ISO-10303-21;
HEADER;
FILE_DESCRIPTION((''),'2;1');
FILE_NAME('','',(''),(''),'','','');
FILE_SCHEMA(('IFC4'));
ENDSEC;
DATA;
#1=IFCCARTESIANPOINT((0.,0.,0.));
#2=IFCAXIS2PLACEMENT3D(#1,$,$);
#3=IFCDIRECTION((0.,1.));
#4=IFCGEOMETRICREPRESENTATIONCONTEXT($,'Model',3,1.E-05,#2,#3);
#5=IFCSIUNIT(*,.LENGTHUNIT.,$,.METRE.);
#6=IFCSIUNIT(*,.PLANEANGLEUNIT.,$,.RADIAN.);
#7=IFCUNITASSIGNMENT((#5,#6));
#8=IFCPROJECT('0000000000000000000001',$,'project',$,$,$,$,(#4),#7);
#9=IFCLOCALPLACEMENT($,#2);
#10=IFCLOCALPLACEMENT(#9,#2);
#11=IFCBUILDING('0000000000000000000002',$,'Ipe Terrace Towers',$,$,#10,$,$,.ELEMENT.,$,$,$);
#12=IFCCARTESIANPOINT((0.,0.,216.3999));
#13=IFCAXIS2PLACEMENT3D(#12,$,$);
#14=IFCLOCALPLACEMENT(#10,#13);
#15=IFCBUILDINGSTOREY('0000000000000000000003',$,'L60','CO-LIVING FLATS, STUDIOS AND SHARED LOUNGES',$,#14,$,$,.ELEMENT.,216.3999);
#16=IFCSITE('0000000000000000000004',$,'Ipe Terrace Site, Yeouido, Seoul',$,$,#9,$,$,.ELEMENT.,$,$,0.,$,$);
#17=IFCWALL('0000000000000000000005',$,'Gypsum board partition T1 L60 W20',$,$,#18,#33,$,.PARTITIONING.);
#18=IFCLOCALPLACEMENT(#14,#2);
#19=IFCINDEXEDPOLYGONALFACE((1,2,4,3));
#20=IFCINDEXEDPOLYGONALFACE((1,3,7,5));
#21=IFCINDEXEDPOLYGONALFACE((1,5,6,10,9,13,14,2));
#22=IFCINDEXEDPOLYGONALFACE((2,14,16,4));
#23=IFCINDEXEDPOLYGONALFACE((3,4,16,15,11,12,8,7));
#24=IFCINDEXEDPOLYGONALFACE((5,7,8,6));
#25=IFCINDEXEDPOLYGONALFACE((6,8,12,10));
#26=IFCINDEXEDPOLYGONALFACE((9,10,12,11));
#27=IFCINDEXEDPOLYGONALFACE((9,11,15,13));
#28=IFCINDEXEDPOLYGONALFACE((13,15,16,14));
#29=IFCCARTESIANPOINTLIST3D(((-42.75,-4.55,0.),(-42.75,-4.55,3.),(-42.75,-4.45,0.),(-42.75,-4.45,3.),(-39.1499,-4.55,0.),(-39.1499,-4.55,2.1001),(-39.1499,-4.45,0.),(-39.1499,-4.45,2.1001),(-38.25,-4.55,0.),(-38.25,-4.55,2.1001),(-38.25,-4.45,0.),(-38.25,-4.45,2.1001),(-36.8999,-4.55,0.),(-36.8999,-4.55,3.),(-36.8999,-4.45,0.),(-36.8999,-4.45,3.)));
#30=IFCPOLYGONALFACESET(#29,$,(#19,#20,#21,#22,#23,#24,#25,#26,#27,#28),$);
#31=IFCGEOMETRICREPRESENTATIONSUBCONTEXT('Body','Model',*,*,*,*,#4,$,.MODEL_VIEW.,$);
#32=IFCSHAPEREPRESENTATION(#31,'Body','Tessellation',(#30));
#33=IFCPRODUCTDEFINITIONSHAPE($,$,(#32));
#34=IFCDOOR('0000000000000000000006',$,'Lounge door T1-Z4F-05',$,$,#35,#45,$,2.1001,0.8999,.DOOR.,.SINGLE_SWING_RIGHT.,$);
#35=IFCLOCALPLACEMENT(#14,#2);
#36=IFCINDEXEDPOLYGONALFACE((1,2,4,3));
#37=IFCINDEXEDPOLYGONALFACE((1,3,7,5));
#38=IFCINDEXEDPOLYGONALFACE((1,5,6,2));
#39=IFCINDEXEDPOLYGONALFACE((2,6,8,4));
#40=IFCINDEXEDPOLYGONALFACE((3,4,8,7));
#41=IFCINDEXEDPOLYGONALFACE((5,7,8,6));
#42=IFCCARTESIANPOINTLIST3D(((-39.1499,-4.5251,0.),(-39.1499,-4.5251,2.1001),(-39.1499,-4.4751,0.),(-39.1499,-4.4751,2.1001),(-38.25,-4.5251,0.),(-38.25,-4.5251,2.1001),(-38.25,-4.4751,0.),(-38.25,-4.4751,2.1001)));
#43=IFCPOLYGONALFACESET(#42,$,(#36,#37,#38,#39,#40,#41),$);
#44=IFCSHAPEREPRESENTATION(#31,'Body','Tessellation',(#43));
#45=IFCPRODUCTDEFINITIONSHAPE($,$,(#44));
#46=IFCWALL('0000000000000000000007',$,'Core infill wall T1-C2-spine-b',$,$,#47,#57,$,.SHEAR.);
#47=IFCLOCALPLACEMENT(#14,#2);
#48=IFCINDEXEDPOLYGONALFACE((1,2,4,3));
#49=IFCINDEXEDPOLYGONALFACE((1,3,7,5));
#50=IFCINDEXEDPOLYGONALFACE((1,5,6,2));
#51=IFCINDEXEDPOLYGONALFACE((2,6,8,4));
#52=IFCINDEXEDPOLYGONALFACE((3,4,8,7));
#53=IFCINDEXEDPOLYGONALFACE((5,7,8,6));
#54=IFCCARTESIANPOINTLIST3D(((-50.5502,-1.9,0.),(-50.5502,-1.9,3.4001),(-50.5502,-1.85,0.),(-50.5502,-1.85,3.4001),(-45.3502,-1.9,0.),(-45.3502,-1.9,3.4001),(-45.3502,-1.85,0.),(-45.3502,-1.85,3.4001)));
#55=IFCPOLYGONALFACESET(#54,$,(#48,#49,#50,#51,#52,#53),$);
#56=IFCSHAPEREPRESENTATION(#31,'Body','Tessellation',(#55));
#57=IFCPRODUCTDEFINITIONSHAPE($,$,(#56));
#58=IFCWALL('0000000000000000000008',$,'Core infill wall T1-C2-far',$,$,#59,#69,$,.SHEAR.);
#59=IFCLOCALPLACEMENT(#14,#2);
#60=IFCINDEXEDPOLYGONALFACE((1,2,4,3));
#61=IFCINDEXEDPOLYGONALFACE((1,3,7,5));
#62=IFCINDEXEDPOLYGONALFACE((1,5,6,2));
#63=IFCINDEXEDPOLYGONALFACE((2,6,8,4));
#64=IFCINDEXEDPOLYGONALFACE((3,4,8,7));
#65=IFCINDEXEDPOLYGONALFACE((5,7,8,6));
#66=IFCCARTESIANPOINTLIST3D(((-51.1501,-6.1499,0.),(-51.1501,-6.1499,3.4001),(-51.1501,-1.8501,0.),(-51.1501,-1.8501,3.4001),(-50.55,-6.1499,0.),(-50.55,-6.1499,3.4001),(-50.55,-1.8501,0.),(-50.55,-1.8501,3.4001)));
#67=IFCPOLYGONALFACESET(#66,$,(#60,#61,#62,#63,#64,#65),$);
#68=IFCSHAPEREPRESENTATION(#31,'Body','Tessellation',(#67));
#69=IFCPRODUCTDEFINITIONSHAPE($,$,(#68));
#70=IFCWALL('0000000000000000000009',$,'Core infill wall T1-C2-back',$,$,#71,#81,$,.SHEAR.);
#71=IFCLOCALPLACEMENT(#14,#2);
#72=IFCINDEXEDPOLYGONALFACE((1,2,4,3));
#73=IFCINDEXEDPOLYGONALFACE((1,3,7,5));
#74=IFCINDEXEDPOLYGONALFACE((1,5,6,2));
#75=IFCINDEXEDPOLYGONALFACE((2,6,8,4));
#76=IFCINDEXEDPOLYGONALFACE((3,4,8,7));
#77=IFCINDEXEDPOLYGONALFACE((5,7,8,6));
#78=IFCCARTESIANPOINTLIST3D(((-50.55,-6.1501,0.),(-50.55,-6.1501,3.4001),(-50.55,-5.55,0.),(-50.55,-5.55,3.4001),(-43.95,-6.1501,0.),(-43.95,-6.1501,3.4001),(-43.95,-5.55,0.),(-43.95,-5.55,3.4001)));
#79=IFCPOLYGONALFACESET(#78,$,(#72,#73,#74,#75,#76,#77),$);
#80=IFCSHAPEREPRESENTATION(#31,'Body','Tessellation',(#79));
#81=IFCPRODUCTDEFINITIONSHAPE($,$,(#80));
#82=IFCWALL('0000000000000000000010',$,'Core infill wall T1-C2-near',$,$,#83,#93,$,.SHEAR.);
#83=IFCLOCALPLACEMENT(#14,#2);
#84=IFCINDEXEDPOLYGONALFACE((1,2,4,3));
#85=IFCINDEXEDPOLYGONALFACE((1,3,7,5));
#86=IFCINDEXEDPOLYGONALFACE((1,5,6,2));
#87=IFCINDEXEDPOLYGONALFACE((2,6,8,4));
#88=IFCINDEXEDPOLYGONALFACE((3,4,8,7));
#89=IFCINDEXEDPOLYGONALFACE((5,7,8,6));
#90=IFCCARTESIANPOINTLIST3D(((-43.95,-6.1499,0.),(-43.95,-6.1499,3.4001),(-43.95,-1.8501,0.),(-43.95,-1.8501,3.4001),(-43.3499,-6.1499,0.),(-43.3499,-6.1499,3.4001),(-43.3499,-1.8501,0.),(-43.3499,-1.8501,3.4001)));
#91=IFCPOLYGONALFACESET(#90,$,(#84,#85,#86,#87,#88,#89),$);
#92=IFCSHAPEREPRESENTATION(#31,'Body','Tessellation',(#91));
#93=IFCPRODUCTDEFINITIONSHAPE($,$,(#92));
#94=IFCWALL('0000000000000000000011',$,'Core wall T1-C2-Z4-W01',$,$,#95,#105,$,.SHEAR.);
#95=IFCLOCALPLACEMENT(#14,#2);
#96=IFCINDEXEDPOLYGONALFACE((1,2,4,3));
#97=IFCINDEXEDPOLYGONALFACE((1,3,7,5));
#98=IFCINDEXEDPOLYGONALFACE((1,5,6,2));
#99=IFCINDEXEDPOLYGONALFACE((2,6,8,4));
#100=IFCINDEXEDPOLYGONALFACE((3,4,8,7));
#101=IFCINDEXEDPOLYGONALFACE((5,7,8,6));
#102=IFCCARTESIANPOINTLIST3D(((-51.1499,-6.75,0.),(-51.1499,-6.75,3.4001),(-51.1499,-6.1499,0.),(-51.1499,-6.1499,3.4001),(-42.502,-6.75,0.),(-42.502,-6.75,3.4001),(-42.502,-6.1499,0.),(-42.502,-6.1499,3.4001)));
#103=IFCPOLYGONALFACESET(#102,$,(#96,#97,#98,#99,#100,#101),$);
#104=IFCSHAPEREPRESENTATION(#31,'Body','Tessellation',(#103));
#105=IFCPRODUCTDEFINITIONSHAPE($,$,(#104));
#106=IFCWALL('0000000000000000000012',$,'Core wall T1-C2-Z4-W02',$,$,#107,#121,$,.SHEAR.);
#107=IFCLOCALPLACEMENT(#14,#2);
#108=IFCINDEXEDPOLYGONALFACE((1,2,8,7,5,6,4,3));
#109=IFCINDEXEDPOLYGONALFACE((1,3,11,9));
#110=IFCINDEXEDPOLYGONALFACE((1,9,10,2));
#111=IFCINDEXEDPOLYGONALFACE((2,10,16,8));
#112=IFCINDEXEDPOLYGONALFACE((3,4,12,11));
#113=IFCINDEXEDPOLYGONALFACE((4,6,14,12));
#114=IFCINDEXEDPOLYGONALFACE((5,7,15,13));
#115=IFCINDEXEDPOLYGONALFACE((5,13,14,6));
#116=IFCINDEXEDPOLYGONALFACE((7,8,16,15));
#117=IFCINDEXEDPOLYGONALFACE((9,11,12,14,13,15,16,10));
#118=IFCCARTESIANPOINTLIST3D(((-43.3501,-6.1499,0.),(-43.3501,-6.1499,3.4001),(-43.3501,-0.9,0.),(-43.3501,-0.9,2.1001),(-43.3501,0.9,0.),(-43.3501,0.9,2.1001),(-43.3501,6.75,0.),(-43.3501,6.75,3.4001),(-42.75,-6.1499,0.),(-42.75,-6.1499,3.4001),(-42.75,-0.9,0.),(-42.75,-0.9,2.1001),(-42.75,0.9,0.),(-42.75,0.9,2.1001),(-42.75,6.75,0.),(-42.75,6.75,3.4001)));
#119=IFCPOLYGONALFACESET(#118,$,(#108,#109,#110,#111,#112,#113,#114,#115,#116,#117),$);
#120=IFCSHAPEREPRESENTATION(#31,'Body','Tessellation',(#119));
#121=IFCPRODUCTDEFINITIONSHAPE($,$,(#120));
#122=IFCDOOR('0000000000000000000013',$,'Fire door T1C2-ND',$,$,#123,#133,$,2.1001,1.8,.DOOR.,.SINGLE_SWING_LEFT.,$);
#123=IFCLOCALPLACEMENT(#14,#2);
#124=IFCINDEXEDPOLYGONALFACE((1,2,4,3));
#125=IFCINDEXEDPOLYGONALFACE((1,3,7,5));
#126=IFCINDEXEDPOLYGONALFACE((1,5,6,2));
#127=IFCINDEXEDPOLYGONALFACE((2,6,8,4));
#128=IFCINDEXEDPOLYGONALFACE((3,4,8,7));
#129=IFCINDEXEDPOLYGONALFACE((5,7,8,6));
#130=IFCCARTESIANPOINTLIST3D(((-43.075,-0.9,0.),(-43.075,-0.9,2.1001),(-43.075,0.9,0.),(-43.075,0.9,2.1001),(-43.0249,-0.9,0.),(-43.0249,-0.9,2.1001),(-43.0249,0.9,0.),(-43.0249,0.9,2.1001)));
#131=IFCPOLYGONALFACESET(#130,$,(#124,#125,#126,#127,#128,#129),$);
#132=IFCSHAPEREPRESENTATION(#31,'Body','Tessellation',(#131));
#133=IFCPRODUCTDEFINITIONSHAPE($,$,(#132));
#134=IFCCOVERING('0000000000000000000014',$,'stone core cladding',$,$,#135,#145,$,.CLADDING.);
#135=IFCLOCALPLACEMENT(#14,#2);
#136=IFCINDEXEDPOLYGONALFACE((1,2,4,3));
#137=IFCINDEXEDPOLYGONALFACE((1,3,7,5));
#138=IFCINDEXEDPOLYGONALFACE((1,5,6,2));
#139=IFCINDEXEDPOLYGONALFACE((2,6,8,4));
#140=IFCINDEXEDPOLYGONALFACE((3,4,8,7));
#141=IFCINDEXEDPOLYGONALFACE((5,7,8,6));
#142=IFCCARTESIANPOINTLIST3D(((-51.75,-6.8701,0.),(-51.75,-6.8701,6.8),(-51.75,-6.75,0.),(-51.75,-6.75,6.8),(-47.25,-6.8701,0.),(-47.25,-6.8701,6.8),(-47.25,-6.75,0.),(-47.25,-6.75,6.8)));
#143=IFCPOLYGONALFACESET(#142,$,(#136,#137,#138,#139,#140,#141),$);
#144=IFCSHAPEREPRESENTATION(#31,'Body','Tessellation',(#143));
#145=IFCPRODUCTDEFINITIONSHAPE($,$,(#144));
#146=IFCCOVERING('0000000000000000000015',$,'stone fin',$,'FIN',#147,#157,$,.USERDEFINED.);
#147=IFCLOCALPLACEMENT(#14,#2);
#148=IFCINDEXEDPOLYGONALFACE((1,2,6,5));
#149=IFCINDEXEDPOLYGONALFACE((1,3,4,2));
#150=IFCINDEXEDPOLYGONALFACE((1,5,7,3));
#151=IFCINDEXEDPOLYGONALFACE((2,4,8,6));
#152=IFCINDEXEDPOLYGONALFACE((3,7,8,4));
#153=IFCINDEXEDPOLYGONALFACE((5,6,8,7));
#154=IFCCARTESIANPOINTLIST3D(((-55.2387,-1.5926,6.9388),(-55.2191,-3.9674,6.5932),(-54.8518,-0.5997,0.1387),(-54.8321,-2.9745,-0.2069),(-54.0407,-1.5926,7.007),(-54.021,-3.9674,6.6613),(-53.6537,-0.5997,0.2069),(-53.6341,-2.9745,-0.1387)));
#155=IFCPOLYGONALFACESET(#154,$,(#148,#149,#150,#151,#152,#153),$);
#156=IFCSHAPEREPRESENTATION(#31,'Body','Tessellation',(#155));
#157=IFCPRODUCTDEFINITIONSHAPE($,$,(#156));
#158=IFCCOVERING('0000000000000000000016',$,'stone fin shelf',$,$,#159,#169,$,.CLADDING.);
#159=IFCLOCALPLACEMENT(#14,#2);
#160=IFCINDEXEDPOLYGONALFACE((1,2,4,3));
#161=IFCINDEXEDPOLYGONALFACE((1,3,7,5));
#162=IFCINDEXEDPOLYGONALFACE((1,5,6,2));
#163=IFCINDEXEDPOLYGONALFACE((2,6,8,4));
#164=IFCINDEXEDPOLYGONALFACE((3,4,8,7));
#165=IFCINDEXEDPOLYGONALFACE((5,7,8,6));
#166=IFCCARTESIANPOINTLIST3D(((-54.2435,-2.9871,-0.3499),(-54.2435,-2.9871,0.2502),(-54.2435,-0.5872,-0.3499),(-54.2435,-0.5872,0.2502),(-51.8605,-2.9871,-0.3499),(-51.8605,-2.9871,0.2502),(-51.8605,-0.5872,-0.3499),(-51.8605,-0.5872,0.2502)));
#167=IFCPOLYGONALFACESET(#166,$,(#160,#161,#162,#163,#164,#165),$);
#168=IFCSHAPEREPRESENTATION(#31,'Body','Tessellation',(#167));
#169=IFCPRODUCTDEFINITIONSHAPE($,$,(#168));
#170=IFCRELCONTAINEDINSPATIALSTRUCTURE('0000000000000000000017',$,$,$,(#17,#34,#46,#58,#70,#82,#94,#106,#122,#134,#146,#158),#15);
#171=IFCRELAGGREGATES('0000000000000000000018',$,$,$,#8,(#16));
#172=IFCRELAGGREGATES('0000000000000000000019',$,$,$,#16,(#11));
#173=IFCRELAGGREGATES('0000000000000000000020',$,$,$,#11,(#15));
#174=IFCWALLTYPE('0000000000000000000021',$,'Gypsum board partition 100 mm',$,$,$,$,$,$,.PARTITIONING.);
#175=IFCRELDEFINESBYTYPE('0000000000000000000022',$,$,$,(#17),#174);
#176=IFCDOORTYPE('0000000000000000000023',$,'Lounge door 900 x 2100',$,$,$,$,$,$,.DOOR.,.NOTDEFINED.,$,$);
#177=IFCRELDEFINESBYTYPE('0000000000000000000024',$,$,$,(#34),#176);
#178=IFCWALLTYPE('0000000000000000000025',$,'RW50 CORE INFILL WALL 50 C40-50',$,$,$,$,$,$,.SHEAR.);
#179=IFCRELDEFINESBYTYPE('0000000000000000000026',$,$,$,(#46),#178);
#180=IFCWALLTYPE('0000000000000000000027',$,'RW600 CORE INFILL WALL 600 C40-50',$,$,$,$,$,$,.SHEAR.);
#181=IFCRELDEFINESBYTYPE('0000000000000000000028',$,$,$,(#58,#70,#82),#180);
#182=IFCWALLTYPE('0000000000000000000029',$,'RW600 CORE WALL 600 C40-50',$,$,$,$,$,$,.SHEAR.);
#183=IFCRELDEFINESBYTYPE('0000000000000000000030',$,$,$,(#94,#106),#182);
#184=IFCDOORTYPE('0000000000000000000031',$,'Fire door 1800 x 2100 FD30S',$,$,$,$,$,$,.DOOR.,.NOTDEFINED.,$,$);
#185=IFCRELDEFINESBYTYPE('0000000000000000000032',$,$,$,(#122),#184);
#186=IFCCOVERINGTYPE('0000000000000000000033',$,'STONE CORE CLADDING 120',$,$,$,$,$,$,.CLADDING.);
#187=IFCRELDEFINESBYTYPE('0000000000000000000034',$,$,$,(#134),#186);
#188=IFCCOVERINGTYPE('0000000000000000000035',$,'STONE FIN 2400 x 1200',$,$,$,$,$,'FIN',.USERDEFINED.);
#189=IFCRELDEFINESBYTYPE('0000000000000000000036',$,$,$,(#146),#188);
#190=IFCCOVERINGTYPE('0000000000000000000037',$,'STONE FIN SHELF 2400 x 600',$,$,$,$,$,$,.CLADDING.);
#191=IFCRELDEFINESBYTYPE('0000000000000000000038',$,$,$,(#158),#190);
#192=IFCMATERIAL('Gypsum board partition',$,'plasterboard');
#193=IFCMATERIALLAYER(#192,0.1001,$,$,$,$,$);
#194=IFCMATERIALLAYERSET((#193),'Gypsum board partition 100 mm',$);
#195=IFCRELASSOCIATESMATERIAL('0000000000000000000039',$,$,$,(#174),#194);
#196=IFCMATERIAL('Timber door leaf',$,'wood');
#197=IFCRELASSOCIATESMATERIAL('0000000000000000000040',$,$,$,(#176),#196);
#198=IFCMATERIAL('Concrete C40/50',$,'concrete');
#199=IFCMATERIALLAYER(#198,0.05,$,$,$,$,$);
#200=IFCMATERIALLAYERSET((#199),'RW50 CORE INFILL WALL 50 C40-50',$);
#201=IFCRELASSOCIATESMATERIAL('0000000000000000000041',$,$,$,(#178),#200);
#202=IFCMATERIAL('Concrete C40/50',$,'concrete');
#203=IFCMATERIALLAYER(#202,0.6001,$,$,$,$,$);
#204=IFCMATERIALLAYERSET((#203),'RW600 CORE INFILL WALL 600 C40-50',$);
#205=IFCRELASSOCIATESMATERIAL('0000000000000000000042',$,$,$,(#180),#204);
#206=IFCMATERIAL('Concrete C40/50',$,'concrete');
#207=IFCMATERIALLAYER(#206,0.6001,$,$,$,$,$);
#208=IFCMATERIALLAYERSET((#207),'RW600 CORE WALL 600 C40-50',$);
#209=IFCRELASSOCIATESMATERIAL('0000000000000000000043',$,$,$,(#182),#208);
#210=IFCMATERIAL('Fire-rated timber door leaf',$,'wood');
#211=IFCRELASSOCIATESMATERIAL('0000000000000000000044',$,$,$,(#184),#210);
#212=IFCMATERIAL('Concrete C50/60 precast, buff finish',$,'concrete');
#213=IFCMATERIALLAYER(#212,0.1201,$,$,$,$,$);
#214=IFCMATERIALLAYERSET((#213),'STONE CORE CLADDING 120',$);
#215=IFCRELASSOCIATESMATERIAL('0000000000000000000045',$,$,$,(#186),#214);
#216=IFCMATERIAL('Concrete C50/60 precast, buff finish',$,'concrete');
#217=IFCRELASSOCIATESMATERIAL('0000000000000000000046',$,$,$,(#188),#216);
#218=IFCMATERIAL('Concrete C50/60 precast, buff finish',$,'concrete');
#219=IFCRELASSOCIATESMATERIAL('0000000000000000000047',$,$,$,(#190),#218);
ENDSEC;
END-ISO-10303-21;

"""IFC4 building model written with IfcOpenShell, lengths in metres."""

from ifc_helpers import new_model, si_unit, direction, frame, frame_2d, origin, origin_2d, place, context, subcontext, project, spatial, rectangle, extrude, material, layer, layer_set, material_profile, profile_set, type_object, element, fill, save


model = new_model("IFC4")

# Units and contexts
model_context = context("Model", 3, precision=1e-05, world=origin(), true_north=direction((0.0, 1.0)))
body_context = subcontext(model_context, "Body", "Model", "MODEL_VIEW")
ifc_project = project(units=[si_unit("LENGTHUNIT", "METRE"), si_unit("PLANEANGLEUNIT", "RADIAN")], contexts=[model_context])

# Site, building, storey
site_placement = place(None, origin())
site = spatial("IfcSite", under=ifc_project, at=site_placement, Name="Ipe Terrace Site, Yeouido, Seoul", CompositionType="ELEMENT", RefElevation=0.0)
building_placement = place(site_placement, origin())
building = spatial("IfcBuilding", under=site, at=building_placement, Name="Ipe Terrace Towers", CompositionType="ELEMENT")
storey_placement = place(building_placement, frame((0.0, 0.0, 216.3999)))
storey = spatial("IfcBuildingStorey", under=building, at=storey_placement, Name="L60", Description="CO-LIVING FLATS, STUDIOS AND SHARED LOUNGES", CompositionType="ELEMENT", Elevation=216.3999)

# Shared definitions
ifc_material_1 = material(Name="Gypsum board partition", Category="plasterboard")
ifc_layer_1 = layer(ifc_material_1, 0.1001)
ifc_layer_set_1 = layer_set([ifc_layer_1], Name="Gypsum board partition 100 mm")
wall_type_1 = type_object("IfcWallType", Name="Gypsum board partition 100 mm", PredefinedType="PARTITIONING", material=ifc_layer_set_1)

# Wall, opening, door
wall_1_placement = place(storey_placement, frame((-42.75, -4.5, 0.0), z_axis=(0.0, 0.0, 1.0), x_axis=(1.0, 0.0, 0.0)))
wall_1 = element("IfcWall", 1, at=wall_1_placement, inside=storey, type_object=wall_type_1, Name="Gypsum board partition T1 L60 W20", PredefinedType="PARTITIONING", context=body_context, shape_type="SweptSolid", body=[
    extrude(rectangle(XDim=5.8501, YDim=0.1001, at=frame_2d((2.925, 0.0))), origin(), (0.0, 0.0, 1.0), 3.0),
])
opening_1_placement = place(wall_1_placement, frame((3.6001, 0.0, 0.0)))
opening_1 = element("IfcOpeningElement", 2, at=opening_1_placement, cuts=wall_1, PredefinedType="OPENING", context=body_context, shape_type="SweptSolid", body=[
    extrude(rectangle(XDim=0.8999, YDim=2.1001, at=frame_2d((0.45, 1.05))), frame((0.0, 0.0601, 0.0), z_axis=(0.0, -1.0, 0.0), x_axis=(1.0, 0.0, 0.0)), (0.0, 0.0, 1.0), 0.1201),
])
ifc_material_2 = material(Name="Timber door leaf", Category="wood")
door_type_1 = type_object("IfcDoorType", Name="Lounge door 900 x 2100", OperationType="NOTDEFINED", PredefinedType="DOOR", material=ifc_material_2)
door_1_placement = place(opening_1_placement, origin())
door_1 = element("IfcDoor", 3, at=door_1_placement, inside=storey, type_object=door_type_1, Name="Lounge door T1-Z4F-05", OperationType="SINGLE_SWING_RIGHT", OverallHeight=2.1001, OverallWidth=0.8999, PredefinedType="DOOR", context=body_context, shape_type="SweptSolid", body=[
    extrude(rectangle(XDim=0.8999, YDim=2.1001, at=frame_2d((0.45, 1.05))), frame((0.0, 0.0249, 0.0), z_axis=(0.0, -1.0, 0.0), x_axis=(1.0, 0.0, 0.0)), (0.0, 0.0, 1.0), 0.05),
])
fill(opening_1, door_1)

# Walls
ifc_material_3 = material(Name="Concrete C40/50", Category="concrete")
ifc_layer_2 = layer(ifc_material_3, 0.05)
ifc_layer_set_2 = layer_set([ifc_layer_2], Name="RW50 CORE INFILL WALL 50 C40-50")
wall_type_2 = type_object("IfcWallType", Name="RW50 CORE INFILL WALL 50 C40-50", PredefinedType="SHEAR", material=ifc_layer_set_2)
wall_2_placement = place(storey_placement, frame((-45.3501, -1.875, 0.0), z_axis=(0.0, 0.0, 1.0), x_axis=(-1.0, 0.0, 0.0)))
element("IfcWall", 4, at=wall_2_placement, inside=storey, type_object=wall_type_2, Name="Core infill wall T1-C2-spine-b", PredefinedType="SHEAR", context=body_context, shape_type="SweptSolid", body=[
    extrude(rectangle(XDim=5.2, YDim=0.05, at=frame_2d((2.6001, 0.0))), origin(), (0.0, 0.0, 1.0), 3.4001),
])
ifc_material_4 = material(Name="Concrete C40/50", Category="concrete")
ifc_layer_3 = layer(ifc_material_4, 0.6001)
ifc_layer_set_3 = layer_set([ifc_layer_3], Name="RW600 CORE INFILL WALL 600 C40-50")
wall_type_3 = type_object("IfcWallType", Name="RW600 CORE INFILL WALL 600 C40-50", PredefinedType="SHEAR", material=ifc_layer_set_3)
wall_3_placement = place(storey_placement, frame((-50.8501, -1.8501, 0.0), z_axis=(0.0, 0.0, 1.0), x_axis=(0.0, -1.0, 0.0)))
element("IfcWall", 5, at=wall_3_placement, inside=storey, type_object=wall_type_3, Name="Core infill wall T1-C2-far", PredefinedType="SHEAR", context=body_context, shape_type="SweptSolid", body=[
    extrude(rectangle(XDim=4.2998, YDim=0.6001, at=frame_2d((2.1499, 0.0))), origin(), (0.0, 0.0, 1.0), 3.4001),
])
wall_4_placement = place(storey_placement, frame((-43.95, -5.8501, 0.0), z_axis=(0.0, 0.0, 1.0), x_axis=(-1.0, 0.0, 0.0)))
element("IfcWall", 6, at=wall_4_placement, inside=storey, type_object=wall_type_3, Name="Core infill wall T1-C2-back", PredefinedType="SHEAR", context=body_context, shape_type="SweptSolid", body=[
    extrude(rectangle(XDim=6.6001, YDim=0.6001, at=frame_2d((3.3, 0.0))), origin(), (0.0, 0.0, 1.0), 3.4001),
])
wall_5_placement = place(storey_placement, frame((-43.6499, -1.8501, 0.0), z_axis=(0.0, 0.0, 1.0), x_axis=(0.0, -1.0, 0.0)))
element("IfcWall", 7, at=wall_5_placement, inside=storey, type_object=wall_type_3, Name="Core infill wall T1-C2-near", PredefinedType="SHEAR", context=body_context, shape_type="SweptSolid", body=[
    extrude(rectangle(XDim=4.2998, YDim=0.6001, at=frame_2d((2.1499, 0.0))), origin(), (0.0, 0.0, 1.0), 3.4001),
])
ifc_material_5 = material(Name="Concrete C40/50", Category="concrete")
ifc_layer_4 = layer(ifc_material_5, 0.6001)
ifc_layer_set_4 = layer_set([ifc_layer_4], Name="RW600 CORE WALL 600 C40-50")
wall_type_4 = type_object("IfcWallType", Name="RW600 CORE WALL 600 C40-50", PredefinedType="SHEAR", material=ifc_layer_set_4)
wall_6_placement = place(storey_placement, frame((-51.1499, -6.45, 0.0), z_axis=(0.0, 0.0, 1.0), x_axis=(1.0, 0.0, 0.0)))
element("IfcWall", 8, at=wall_6_placement, inside=storey, type_object=wall_type_4, Name="Core wall T1-C2-Z4-W01", PredefinedType="SHEAR", context=body_context, shape_type="SweptSolid", body=[
    extrude(rectangle(XDim=8.6479, YDim=0.6001, at=frame_2d((4.324, 0.0))), origin(), (0.0, 0.0, 1.0), 3.4001),
])

# Wall, opening, door
wall_7_placement = place(storey_placement, frame((-43.05, -6.1499, 0.0), z_axis=(0.0, 0.0, 1.0), x_axis=(0.0, 1.0, 0.0)))
wall_7 = element("IfcWall", 9, at=wall_7_placement, inside=storey, type_object=wall_type_4, Name="Core wall T1-C2-Z4-W02", PredefinedType="SHEAR", context=body_context, shape_type="SweptSolid", body=[
    extrude(rectangle(XDim=12.8999, YDim=0.6001, at=frame_2d((6.45, 0.0))), origin(), (0.0, 0.0, 1.0), 3.4001),
])
opening_2_placement = place(wall_7_placement, frame((5.25, 0.0, 0.0)))
opening_2 = element("IfcOpeningElement", 10, at=opening_2_placement, cuts=wall_7, PredefinedType="OPENING", context=body_context, shape_type="SweptSolid", body=[
    extrude(rectangle(XDim=1.8, YDim=2.1001, at=frame_2d((0.8999, 1.05))), frame((0.0, 0.3101, 0.0), z_axis=(0.0, -1.0, 0.0), x_axis=(1.0, 0.0, 0.0)), (0.0, 0.0, 1.0), 0.6201),
])
ifc_material_6 = material(Name="Fire-rated timber door leaf", Category="wood")
door_type_2 = type_object("IfcDoorType", Name="Fire door 1800 x 2100 FD30S", OperationType="NOTDEFINED", PredefinedType="DOOR", material=ifc_material_6)
door_2_placement = place(opening_2_placement, origin())
door_2 = element("IfcDoor", 11, at=door_2_placement, inside=storey, type_object=door_type_2, Name="Fire door T1C2-ND", OperationType="SINGLE_SWING_LEFT", OverallHeight=2.1001, OverallWidth=1.8, PredefinedType="DOOR", context=body_context, shape_type="SweptSolid", body=[
    extrude(rectangle(XDim=1.8, YDim=2.1001, at=frame_2d((0.8999, 1.05))), frame((0.0, 0.0249, 0.0), z_axis=(0.0, -1.0, 0.0), x_axis=(1.0, 0.0, 0.0)), (0.0, 0.0, 1.0), 0.05),
])
fill(opening_2, door_2)

# Coverings
ifc_material_7 = material(Name="Concrete C50/60 precast, buff finish", Category="concrete")
ifc_layer_5 = layer(ifc_material_7, 0.1201)
ifc_layer_set_5 = layer_set([ifc_layer_5], Name="STONE CORE CLADDING 120")
covering_type_1 = type_object("IfcCoveringType", Name="STONE CORE CLADDING 120", PredefinedType="CLADDING", material=ifc_layer_set_5)
covering_1_placement = place(storey_placement, frame((-49.5, -6.8101, 0.0), z_axis=(0.0, 0.0, 1.0), x_axis=(1.0, 0.0, 0.0)))
element("IfcCovering", 12, at=covering_1_placement, inside=storey, type_object=covering_type_1, Name="stone core cladding", PredefinedType="CLADDING", context=body_context, shape_type="SweptSolid", body=[
    extrude(rectangle(XDim=4.5, YDim=0.1201, at=origin_2d()), origin(), (0.0, 0.0, 1.0), 6.8),
])
ifc_material_8 = material(Name="Concrete C50/60 precast, buff finish", Category="concrete")
ifc_material_profile_1 = material_profile(ifc_material_8, rectangle(XDim=2.3999, YDim=1.2, at=origin_2d()), Name="STONE FIN 2400 x 1200")
ifc_profile_set_1 = profile_set([ifc_material_profile_1], Name="Concrete C50/60 precast, buff finish")
covering_type_2 = type_object("IfcCoveringType", Name="STONE FIN 2400 x 1200", ElementType="FIN", PredefinedType="USERDEFINED", material=ifc_profile_set_1)
covering_2_placement = place(storey_placement, frame((-54.2429, -1.7871, 0.0), z_axis=(-0.05622, -0.144256, 0.987942), x_axis=(0.008196, -0.98954, -0.144023)))
element("IfcCovering", 13, at=covering_2_placement, inside=storey, type_object=covering_type_2, Name="stone fin", ObjectType="FIN", PredefinedType="USERDEFINED", context=body_context, shape_type="SweptSolid", body=[
    extrude(rectangle(XDim=2.3999, YDim=1.2, at=origin_2d()), origin(), (0.0, 0.0, 1.0), 6.8831),
])
ifc_material_9 = material(Name="Concrete C50/60 precast, buff finish", Category="concrete")
covering_type_3 = type_object("IfcCoveringType", Name="STONE FIN SHELF 2400 x 600", PredefinedType="CLADDING", material=ifc_material_9)
covering_3_placement = place(storey_placement, frame((-53.052, -1.7871, -0.3499), z_axis=(0.0, 0.0, 1.0), x_axis=(0.0, -1.0, 0.0)))
element("IfcCovering", 14, at=covering_3_placement, inside=storey, type_object=covering_type_3, Name="stone fin shelf", PredefinedType="CLADDING", context=body_context, shape_type="SweptSolid", body=[
    extrude(rectangle(XDim=2.3999, YDim=2.3831, at=origin_2d()), origin(), (0.0, 0.0, 1.0), 0.6001),
])

save(model, "model.ifc")
